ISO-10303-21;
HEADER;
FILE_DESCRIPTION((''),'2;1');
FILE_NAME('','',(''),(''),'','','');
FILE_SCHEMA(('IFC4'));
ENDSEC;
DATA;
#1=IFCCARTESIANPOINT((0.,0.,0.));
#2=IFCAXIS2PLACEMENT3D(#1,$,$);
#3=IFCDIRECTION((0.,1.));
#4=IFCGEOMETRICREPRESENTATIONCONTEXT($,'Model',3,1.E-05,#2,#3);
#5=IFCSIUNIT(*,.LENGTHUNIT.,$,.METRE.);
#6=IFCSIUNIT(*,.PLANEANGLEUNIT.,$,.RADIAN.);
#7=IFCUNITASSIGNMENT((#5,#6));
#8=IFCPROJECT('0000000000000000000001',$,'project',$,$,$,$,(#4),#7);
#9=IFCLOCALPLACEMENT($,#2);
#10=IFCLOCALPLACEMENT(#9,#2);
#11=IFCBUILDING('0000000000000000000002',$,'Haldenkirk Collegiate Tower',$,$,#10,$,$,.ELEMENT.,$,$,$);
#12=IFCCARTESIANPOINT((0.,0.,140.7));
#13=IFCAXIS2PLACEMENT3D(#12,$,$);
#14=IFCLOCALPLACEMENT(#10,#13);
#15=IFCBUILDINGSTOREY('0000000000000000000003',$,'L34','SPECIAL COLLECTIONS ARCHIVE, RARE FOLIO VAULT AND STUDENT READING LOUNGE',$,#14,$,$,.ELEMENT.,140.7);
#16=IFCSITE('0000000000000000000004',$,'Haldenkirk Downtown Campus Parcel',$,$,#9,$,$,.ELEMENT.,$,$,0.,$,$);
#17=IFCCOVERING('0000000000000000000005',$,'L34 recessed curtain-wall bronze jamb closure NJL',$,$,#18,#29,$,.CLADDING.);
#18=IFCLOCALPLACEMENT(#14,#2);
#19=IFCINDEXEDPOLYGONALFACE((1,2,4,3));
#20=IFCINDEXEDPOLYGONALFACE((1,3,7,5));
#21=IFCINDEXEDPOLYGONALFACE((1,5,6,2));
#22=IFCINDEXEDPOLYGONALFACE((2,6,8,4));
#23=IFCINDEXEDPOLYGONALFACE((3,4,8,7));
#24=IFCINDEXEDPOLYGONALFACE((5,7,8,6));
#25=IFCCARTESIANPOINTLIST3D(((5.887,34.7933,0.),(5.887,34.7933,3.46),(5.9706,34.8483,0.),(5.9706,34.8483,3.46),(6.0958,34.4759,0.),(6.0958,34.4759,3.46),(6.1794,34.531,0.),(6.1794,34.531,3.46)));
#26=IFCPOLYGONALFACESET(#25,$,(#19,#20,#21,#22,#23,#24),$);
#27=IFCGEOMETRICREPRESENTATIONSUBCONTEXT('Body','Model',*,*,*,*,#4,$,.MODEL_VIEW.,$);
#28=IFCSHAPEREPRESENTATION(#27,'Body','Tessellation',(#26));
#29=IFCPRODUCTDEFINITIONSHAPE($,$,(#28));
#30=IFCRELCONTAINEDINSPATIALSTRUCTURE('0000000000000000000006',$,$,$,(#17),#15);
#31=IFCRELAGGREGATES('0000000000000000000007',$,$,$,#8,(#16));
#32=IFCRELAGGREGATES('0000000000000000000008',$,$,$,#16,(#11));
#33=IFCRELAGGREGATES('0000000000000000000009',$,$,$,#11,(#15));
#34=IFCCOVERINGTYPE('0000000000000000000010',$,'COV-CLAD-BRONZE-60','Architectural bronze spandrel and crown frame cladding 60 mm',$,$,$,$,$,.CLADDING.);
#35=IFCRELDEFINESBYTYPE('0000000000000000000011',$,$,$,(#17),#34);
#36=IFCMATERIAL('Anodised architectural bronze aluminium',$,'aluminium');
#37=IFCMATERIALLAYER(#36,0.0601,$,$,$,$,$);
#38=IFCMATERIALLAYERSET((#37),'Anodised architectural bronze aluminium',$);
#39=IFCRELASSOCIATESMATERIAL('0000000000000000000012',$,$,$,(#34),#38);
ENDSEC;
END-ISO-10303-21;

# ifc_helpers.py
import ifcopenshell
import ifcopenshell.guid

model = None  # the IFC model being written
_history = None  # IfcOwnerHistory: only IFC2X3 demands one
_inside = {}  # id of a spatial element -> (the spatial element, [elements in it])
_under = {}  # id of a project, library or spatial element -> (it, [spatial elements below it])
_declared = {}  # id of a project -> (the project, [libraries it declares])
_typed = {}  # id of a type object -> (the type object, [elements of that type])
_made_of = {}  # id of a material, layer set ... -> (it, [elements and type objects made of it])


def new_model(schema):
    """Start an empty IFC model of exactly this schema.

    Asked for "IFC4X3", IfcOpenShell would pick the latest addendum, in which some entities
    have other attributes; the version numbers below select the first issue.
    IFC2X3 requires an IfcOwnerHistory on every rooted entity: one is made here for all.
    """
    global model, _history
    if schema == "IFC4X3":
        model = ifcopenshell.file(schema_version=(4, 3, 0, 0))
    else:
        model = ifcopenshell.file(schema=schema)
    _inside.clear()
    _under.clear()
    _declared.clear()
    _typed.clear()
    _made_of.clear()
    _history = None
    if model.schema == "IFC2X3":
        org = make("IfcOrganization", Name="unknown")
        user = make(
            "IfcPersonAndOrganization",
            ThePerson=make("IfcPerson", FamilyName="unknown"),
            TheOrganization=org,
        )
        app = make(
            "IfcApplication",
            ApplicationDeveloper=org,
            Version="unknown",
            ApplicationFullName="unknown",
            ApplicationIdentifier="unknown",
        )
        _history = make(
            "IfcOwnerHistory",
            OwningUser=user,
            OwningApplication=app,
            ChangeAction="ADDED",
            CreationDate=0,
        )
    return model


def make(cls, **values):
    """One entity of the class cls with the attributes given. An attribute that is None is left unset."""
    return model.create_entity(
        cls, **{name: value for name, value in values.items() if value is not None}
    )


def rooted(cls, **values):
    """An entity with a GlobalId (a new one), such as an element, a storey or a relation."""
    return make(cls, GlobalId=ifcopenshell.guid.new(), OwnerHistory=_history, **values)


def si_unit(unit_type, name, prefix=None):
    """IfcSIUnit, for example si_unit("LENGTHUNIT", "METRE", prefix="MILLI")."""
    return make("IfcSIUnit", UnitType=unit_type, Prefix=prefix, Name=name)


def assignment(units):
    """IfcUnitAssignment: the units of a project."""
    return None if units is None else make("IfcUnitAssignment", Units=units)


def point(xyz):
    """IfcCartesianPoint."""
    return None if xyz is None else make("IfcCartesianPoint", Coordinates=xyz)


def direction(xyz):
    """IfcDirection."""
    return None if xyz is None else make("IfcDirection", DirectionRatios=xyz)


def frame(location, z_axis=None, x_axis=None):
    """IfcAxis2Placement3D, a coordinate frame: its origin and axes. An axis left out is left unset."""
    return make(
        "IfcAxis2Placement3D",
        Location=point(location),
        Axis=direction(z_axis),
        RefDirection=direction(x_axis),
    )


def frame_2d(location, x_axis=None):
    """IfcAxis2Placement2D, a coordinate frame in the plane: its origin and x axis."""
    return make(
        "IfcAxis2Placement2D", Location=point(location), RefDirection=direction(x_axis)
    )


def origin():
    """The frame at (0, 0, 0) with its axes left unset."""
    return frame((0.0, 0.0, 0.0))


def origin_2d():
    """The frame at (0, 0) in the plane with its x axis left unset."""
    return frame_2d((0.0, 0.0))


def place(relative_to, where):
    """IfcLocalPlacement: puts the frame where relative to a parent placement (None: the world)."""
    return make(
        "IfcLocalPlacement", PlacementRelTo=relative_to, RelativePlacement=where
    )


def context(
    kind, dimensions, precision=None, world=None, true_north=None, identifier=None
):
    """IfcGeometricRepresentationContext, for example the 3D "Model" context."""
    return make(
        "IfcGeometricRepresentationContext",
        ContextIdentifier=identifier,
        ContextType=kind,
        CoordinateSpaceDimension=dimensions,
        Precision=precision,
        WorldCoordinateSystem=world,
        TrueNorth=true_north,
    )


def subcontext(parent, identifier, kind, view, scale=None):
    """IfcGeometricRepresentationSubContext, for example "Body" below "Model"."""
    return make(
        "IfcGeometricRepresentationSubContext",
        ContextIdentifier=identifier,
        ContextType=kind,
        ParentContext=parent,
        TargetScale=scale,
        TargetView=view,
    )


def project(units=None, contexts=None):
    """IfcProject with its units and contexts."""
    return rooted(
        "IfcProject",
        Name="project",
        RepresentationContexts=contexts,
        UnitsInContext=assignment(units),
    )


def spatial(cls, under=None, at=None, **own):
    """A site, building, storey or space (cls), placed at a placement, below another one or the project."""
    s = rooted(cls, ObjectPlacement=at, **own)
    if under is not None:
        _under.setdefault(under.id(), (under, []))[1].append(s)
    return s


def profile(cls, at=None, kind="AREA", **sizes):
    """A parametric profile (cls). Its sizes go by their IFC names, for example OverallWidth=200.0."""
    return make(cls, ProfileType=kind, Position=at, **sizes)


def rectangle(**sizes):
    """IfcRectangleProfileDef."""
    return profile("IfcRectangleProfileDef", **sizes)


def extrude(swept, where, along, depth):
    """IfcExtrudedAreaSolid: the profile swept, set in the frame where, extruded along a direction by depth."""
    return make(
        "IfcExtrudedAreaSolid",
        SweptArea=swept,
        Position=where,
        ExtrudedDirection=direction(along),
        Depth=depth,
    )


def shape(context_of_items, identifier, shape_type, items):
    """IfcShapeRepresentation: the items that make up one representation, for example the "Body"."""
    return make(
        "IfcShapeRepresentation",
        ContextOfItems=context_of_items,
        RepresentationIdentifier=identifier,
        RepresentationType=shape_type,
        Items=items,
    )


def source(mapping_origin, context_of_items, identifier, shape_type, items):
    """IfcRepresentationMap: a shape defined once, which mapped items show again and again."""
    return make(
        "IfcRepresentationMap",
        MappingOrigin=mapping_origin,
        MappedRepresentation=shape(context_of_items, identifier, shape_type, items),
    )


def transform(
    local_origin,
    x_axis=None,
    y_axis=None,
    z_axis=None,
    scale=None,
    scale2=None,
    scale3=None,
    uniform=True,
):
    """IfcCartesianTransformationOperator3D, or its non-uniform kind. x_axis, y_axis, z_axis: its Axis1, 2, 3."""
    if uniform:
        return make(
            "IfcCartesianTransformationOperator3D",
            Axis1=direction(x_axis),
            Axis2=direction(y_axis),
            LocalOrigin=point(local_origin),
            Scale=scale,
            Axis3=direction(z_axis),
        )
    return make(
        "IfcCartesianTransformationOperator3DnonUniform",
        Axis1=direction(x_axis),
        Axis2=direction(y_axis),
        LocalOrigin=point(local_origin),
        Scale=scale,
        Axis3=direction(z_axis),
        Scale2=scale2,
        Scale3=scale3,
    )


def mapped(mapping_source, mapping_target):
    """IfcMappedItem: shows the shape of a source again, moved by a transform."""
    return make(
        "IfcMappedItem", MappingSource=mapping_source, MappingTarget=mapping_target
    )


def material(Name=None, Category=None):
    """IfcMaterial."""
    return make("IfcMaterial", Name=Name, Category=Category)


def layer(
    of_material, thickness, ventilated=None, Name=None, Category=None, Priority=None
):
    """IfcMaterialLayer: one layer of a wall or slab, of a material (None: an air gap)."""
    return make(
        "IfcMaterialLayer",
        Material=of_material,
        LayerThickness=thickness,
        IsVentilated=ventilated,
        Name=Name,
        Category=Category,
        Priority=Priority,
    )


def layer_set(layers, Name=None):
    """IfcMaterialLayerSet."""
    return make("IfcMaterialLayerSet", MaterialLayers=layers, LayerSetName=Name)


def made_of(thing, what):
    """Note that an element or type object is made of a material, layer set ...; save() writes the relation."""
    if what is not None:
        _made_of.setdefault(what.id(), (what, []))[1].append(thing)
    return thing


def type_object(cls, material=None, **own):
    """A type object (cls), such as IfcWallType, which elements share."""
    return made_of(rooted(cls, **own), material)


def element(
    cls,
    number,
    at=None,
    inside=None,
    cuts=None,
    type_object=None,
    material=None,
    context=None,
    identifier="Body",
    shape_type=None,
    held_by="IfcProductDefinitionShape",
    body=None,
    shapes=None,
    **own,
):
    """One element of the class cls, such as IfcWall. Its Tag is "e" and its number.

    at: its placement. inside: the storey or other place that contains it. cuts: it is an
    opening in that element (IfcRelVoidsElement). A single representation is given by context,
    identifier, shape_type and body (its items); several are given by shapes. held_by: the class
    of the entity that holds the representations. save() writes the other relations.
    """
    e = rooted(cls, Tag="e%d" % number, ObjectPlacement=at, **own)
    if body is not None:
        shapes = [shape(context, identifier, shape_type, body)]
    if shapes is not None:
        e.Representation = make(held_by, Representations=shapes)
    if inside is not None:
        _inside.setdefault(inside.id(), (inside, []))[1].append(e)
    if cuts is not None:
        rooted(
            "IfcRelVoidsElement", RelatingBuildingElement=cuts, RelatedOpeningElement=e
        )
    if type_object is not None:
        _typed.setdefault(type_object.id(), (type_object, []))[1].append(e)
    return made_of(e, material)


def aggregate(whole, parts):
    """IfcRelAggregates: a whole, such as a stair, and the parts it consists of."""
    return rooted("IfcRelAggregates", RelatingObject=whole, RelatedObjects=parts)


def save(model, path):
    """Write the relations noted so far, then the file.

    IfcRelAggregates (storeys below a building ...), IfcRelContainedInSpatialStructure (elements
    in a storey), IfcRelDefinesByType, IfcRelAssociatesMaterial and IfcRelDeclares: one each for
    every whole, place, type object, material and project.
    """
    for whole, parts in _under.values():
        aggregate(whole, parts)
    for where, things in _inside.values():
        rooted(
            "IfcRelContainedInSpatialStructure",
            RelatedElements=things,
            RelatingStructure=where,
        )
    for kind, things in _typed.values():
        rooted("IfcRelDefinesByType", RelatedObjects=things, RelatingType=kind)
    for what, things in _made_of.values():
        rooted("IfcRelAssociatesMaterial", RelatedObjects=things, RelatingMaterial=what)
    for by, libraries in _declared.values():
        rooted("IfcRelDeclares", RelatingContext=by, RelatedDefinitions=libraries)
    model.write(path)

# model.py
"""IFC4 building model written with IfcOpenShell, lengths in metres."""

from ifc_helpers import new_model, si_unit, direction, frame, origin, origin_2d, place, context, subcontext, project, spatial, rectangle, extrude, source, transform, mapped, material, layer, layer_set, type_object, element, save


model = new_model("IFC4")

# Units and contexts
model_context = context("Model", 3, precision=1e-05, world=origin(), true_north=direction((0.0, 1.0)))
body_context = subcontext(model_context, "Body", "Model", "MODEL_VIEW")
ifc_project = project(units=[si_unit("LENGTHUNIT", "METRE"), si_unit("PLANEANGLEUNIT", "RADIAN")], contexts=[model_context])

# Site, building, storey
site_placement = place(None, origin())
site = spatial("IfcSite", under=ifc_project, at=site_placement, Name="Haldenkirk Downtown Campus Parcel", CompositionType="ELEMENT", RefElevation=0.0)
building_placement = place(site_placement, origin())
building = spatial("IfcBuilding", under=site, at=building_placement, Name="Haldenkirk Collegiate Tower", CompositionType="ELEMENT")
storey_placement = place(building_placement, frame((0.0, 0.0, 140.7)))
storey = spatial("IfcBuildingStorey", under=building, at=storey_placement, Name="L34", Description="SPECIAL COLLECTIONS ARCHIVE, RARE FOLIO VAULT AND STUDENT READING LOUNGE", CompositionType="ELEMENT", Elevation=140.7)

# Shared definitions
ifc_material_1 = material(Name="Anodised architectural bronze aluminium", Category="aluminium")

# Covering
ifc_layer_1 = layer(ifc_material_1, 0.0601)
ifc_layer_set_1 = layer_set([ifc_layer_1], Name="Anodised architectural bronze aluminium")
covering_type = type_object("IfcCoveringType", Name="COV-CLAD-BRONZE-60", Description="Architectural bronze spandrel and crown frame cladding 60 mm", PredefinedType="CLADDING", material=ifc_layer_set_1)
shared_shape_1 = source(origin(), body_context, "Body", "SweptSolid", [
    extrude(rectangle(XDim=0.1001, YDim=0.3799, at=origin_2d()), origin(), (0.0, 0.0, 1.0), 3.46),
])
covering_placement = place(storey_placement, frame((6.0332, 34.6621, 0.0), z_axis=(0.0, 0.0, 1.0), x_axis=(0.835328, 0.549752, 0.0)))
element("IfcCovering", 1, at=covering_placement, inside=storey, type_object=covering_type, Name="L34 recessed curtain-wall bronze jamb closure NJL", PredefinedType="CLADDING", context=body_context, shape_type="MappedRepresentation", body=[
    mapped(shared_shape_1, transform((0.0, 0.0, 0.0), x_axis=(1.0, 0.0, 0.0), y_axis=(0.0, 1.0, 0.0), z_axis=(0.0, 0.0, 1.0), scale=1.0)),
])

save(model, "model.ifc")
